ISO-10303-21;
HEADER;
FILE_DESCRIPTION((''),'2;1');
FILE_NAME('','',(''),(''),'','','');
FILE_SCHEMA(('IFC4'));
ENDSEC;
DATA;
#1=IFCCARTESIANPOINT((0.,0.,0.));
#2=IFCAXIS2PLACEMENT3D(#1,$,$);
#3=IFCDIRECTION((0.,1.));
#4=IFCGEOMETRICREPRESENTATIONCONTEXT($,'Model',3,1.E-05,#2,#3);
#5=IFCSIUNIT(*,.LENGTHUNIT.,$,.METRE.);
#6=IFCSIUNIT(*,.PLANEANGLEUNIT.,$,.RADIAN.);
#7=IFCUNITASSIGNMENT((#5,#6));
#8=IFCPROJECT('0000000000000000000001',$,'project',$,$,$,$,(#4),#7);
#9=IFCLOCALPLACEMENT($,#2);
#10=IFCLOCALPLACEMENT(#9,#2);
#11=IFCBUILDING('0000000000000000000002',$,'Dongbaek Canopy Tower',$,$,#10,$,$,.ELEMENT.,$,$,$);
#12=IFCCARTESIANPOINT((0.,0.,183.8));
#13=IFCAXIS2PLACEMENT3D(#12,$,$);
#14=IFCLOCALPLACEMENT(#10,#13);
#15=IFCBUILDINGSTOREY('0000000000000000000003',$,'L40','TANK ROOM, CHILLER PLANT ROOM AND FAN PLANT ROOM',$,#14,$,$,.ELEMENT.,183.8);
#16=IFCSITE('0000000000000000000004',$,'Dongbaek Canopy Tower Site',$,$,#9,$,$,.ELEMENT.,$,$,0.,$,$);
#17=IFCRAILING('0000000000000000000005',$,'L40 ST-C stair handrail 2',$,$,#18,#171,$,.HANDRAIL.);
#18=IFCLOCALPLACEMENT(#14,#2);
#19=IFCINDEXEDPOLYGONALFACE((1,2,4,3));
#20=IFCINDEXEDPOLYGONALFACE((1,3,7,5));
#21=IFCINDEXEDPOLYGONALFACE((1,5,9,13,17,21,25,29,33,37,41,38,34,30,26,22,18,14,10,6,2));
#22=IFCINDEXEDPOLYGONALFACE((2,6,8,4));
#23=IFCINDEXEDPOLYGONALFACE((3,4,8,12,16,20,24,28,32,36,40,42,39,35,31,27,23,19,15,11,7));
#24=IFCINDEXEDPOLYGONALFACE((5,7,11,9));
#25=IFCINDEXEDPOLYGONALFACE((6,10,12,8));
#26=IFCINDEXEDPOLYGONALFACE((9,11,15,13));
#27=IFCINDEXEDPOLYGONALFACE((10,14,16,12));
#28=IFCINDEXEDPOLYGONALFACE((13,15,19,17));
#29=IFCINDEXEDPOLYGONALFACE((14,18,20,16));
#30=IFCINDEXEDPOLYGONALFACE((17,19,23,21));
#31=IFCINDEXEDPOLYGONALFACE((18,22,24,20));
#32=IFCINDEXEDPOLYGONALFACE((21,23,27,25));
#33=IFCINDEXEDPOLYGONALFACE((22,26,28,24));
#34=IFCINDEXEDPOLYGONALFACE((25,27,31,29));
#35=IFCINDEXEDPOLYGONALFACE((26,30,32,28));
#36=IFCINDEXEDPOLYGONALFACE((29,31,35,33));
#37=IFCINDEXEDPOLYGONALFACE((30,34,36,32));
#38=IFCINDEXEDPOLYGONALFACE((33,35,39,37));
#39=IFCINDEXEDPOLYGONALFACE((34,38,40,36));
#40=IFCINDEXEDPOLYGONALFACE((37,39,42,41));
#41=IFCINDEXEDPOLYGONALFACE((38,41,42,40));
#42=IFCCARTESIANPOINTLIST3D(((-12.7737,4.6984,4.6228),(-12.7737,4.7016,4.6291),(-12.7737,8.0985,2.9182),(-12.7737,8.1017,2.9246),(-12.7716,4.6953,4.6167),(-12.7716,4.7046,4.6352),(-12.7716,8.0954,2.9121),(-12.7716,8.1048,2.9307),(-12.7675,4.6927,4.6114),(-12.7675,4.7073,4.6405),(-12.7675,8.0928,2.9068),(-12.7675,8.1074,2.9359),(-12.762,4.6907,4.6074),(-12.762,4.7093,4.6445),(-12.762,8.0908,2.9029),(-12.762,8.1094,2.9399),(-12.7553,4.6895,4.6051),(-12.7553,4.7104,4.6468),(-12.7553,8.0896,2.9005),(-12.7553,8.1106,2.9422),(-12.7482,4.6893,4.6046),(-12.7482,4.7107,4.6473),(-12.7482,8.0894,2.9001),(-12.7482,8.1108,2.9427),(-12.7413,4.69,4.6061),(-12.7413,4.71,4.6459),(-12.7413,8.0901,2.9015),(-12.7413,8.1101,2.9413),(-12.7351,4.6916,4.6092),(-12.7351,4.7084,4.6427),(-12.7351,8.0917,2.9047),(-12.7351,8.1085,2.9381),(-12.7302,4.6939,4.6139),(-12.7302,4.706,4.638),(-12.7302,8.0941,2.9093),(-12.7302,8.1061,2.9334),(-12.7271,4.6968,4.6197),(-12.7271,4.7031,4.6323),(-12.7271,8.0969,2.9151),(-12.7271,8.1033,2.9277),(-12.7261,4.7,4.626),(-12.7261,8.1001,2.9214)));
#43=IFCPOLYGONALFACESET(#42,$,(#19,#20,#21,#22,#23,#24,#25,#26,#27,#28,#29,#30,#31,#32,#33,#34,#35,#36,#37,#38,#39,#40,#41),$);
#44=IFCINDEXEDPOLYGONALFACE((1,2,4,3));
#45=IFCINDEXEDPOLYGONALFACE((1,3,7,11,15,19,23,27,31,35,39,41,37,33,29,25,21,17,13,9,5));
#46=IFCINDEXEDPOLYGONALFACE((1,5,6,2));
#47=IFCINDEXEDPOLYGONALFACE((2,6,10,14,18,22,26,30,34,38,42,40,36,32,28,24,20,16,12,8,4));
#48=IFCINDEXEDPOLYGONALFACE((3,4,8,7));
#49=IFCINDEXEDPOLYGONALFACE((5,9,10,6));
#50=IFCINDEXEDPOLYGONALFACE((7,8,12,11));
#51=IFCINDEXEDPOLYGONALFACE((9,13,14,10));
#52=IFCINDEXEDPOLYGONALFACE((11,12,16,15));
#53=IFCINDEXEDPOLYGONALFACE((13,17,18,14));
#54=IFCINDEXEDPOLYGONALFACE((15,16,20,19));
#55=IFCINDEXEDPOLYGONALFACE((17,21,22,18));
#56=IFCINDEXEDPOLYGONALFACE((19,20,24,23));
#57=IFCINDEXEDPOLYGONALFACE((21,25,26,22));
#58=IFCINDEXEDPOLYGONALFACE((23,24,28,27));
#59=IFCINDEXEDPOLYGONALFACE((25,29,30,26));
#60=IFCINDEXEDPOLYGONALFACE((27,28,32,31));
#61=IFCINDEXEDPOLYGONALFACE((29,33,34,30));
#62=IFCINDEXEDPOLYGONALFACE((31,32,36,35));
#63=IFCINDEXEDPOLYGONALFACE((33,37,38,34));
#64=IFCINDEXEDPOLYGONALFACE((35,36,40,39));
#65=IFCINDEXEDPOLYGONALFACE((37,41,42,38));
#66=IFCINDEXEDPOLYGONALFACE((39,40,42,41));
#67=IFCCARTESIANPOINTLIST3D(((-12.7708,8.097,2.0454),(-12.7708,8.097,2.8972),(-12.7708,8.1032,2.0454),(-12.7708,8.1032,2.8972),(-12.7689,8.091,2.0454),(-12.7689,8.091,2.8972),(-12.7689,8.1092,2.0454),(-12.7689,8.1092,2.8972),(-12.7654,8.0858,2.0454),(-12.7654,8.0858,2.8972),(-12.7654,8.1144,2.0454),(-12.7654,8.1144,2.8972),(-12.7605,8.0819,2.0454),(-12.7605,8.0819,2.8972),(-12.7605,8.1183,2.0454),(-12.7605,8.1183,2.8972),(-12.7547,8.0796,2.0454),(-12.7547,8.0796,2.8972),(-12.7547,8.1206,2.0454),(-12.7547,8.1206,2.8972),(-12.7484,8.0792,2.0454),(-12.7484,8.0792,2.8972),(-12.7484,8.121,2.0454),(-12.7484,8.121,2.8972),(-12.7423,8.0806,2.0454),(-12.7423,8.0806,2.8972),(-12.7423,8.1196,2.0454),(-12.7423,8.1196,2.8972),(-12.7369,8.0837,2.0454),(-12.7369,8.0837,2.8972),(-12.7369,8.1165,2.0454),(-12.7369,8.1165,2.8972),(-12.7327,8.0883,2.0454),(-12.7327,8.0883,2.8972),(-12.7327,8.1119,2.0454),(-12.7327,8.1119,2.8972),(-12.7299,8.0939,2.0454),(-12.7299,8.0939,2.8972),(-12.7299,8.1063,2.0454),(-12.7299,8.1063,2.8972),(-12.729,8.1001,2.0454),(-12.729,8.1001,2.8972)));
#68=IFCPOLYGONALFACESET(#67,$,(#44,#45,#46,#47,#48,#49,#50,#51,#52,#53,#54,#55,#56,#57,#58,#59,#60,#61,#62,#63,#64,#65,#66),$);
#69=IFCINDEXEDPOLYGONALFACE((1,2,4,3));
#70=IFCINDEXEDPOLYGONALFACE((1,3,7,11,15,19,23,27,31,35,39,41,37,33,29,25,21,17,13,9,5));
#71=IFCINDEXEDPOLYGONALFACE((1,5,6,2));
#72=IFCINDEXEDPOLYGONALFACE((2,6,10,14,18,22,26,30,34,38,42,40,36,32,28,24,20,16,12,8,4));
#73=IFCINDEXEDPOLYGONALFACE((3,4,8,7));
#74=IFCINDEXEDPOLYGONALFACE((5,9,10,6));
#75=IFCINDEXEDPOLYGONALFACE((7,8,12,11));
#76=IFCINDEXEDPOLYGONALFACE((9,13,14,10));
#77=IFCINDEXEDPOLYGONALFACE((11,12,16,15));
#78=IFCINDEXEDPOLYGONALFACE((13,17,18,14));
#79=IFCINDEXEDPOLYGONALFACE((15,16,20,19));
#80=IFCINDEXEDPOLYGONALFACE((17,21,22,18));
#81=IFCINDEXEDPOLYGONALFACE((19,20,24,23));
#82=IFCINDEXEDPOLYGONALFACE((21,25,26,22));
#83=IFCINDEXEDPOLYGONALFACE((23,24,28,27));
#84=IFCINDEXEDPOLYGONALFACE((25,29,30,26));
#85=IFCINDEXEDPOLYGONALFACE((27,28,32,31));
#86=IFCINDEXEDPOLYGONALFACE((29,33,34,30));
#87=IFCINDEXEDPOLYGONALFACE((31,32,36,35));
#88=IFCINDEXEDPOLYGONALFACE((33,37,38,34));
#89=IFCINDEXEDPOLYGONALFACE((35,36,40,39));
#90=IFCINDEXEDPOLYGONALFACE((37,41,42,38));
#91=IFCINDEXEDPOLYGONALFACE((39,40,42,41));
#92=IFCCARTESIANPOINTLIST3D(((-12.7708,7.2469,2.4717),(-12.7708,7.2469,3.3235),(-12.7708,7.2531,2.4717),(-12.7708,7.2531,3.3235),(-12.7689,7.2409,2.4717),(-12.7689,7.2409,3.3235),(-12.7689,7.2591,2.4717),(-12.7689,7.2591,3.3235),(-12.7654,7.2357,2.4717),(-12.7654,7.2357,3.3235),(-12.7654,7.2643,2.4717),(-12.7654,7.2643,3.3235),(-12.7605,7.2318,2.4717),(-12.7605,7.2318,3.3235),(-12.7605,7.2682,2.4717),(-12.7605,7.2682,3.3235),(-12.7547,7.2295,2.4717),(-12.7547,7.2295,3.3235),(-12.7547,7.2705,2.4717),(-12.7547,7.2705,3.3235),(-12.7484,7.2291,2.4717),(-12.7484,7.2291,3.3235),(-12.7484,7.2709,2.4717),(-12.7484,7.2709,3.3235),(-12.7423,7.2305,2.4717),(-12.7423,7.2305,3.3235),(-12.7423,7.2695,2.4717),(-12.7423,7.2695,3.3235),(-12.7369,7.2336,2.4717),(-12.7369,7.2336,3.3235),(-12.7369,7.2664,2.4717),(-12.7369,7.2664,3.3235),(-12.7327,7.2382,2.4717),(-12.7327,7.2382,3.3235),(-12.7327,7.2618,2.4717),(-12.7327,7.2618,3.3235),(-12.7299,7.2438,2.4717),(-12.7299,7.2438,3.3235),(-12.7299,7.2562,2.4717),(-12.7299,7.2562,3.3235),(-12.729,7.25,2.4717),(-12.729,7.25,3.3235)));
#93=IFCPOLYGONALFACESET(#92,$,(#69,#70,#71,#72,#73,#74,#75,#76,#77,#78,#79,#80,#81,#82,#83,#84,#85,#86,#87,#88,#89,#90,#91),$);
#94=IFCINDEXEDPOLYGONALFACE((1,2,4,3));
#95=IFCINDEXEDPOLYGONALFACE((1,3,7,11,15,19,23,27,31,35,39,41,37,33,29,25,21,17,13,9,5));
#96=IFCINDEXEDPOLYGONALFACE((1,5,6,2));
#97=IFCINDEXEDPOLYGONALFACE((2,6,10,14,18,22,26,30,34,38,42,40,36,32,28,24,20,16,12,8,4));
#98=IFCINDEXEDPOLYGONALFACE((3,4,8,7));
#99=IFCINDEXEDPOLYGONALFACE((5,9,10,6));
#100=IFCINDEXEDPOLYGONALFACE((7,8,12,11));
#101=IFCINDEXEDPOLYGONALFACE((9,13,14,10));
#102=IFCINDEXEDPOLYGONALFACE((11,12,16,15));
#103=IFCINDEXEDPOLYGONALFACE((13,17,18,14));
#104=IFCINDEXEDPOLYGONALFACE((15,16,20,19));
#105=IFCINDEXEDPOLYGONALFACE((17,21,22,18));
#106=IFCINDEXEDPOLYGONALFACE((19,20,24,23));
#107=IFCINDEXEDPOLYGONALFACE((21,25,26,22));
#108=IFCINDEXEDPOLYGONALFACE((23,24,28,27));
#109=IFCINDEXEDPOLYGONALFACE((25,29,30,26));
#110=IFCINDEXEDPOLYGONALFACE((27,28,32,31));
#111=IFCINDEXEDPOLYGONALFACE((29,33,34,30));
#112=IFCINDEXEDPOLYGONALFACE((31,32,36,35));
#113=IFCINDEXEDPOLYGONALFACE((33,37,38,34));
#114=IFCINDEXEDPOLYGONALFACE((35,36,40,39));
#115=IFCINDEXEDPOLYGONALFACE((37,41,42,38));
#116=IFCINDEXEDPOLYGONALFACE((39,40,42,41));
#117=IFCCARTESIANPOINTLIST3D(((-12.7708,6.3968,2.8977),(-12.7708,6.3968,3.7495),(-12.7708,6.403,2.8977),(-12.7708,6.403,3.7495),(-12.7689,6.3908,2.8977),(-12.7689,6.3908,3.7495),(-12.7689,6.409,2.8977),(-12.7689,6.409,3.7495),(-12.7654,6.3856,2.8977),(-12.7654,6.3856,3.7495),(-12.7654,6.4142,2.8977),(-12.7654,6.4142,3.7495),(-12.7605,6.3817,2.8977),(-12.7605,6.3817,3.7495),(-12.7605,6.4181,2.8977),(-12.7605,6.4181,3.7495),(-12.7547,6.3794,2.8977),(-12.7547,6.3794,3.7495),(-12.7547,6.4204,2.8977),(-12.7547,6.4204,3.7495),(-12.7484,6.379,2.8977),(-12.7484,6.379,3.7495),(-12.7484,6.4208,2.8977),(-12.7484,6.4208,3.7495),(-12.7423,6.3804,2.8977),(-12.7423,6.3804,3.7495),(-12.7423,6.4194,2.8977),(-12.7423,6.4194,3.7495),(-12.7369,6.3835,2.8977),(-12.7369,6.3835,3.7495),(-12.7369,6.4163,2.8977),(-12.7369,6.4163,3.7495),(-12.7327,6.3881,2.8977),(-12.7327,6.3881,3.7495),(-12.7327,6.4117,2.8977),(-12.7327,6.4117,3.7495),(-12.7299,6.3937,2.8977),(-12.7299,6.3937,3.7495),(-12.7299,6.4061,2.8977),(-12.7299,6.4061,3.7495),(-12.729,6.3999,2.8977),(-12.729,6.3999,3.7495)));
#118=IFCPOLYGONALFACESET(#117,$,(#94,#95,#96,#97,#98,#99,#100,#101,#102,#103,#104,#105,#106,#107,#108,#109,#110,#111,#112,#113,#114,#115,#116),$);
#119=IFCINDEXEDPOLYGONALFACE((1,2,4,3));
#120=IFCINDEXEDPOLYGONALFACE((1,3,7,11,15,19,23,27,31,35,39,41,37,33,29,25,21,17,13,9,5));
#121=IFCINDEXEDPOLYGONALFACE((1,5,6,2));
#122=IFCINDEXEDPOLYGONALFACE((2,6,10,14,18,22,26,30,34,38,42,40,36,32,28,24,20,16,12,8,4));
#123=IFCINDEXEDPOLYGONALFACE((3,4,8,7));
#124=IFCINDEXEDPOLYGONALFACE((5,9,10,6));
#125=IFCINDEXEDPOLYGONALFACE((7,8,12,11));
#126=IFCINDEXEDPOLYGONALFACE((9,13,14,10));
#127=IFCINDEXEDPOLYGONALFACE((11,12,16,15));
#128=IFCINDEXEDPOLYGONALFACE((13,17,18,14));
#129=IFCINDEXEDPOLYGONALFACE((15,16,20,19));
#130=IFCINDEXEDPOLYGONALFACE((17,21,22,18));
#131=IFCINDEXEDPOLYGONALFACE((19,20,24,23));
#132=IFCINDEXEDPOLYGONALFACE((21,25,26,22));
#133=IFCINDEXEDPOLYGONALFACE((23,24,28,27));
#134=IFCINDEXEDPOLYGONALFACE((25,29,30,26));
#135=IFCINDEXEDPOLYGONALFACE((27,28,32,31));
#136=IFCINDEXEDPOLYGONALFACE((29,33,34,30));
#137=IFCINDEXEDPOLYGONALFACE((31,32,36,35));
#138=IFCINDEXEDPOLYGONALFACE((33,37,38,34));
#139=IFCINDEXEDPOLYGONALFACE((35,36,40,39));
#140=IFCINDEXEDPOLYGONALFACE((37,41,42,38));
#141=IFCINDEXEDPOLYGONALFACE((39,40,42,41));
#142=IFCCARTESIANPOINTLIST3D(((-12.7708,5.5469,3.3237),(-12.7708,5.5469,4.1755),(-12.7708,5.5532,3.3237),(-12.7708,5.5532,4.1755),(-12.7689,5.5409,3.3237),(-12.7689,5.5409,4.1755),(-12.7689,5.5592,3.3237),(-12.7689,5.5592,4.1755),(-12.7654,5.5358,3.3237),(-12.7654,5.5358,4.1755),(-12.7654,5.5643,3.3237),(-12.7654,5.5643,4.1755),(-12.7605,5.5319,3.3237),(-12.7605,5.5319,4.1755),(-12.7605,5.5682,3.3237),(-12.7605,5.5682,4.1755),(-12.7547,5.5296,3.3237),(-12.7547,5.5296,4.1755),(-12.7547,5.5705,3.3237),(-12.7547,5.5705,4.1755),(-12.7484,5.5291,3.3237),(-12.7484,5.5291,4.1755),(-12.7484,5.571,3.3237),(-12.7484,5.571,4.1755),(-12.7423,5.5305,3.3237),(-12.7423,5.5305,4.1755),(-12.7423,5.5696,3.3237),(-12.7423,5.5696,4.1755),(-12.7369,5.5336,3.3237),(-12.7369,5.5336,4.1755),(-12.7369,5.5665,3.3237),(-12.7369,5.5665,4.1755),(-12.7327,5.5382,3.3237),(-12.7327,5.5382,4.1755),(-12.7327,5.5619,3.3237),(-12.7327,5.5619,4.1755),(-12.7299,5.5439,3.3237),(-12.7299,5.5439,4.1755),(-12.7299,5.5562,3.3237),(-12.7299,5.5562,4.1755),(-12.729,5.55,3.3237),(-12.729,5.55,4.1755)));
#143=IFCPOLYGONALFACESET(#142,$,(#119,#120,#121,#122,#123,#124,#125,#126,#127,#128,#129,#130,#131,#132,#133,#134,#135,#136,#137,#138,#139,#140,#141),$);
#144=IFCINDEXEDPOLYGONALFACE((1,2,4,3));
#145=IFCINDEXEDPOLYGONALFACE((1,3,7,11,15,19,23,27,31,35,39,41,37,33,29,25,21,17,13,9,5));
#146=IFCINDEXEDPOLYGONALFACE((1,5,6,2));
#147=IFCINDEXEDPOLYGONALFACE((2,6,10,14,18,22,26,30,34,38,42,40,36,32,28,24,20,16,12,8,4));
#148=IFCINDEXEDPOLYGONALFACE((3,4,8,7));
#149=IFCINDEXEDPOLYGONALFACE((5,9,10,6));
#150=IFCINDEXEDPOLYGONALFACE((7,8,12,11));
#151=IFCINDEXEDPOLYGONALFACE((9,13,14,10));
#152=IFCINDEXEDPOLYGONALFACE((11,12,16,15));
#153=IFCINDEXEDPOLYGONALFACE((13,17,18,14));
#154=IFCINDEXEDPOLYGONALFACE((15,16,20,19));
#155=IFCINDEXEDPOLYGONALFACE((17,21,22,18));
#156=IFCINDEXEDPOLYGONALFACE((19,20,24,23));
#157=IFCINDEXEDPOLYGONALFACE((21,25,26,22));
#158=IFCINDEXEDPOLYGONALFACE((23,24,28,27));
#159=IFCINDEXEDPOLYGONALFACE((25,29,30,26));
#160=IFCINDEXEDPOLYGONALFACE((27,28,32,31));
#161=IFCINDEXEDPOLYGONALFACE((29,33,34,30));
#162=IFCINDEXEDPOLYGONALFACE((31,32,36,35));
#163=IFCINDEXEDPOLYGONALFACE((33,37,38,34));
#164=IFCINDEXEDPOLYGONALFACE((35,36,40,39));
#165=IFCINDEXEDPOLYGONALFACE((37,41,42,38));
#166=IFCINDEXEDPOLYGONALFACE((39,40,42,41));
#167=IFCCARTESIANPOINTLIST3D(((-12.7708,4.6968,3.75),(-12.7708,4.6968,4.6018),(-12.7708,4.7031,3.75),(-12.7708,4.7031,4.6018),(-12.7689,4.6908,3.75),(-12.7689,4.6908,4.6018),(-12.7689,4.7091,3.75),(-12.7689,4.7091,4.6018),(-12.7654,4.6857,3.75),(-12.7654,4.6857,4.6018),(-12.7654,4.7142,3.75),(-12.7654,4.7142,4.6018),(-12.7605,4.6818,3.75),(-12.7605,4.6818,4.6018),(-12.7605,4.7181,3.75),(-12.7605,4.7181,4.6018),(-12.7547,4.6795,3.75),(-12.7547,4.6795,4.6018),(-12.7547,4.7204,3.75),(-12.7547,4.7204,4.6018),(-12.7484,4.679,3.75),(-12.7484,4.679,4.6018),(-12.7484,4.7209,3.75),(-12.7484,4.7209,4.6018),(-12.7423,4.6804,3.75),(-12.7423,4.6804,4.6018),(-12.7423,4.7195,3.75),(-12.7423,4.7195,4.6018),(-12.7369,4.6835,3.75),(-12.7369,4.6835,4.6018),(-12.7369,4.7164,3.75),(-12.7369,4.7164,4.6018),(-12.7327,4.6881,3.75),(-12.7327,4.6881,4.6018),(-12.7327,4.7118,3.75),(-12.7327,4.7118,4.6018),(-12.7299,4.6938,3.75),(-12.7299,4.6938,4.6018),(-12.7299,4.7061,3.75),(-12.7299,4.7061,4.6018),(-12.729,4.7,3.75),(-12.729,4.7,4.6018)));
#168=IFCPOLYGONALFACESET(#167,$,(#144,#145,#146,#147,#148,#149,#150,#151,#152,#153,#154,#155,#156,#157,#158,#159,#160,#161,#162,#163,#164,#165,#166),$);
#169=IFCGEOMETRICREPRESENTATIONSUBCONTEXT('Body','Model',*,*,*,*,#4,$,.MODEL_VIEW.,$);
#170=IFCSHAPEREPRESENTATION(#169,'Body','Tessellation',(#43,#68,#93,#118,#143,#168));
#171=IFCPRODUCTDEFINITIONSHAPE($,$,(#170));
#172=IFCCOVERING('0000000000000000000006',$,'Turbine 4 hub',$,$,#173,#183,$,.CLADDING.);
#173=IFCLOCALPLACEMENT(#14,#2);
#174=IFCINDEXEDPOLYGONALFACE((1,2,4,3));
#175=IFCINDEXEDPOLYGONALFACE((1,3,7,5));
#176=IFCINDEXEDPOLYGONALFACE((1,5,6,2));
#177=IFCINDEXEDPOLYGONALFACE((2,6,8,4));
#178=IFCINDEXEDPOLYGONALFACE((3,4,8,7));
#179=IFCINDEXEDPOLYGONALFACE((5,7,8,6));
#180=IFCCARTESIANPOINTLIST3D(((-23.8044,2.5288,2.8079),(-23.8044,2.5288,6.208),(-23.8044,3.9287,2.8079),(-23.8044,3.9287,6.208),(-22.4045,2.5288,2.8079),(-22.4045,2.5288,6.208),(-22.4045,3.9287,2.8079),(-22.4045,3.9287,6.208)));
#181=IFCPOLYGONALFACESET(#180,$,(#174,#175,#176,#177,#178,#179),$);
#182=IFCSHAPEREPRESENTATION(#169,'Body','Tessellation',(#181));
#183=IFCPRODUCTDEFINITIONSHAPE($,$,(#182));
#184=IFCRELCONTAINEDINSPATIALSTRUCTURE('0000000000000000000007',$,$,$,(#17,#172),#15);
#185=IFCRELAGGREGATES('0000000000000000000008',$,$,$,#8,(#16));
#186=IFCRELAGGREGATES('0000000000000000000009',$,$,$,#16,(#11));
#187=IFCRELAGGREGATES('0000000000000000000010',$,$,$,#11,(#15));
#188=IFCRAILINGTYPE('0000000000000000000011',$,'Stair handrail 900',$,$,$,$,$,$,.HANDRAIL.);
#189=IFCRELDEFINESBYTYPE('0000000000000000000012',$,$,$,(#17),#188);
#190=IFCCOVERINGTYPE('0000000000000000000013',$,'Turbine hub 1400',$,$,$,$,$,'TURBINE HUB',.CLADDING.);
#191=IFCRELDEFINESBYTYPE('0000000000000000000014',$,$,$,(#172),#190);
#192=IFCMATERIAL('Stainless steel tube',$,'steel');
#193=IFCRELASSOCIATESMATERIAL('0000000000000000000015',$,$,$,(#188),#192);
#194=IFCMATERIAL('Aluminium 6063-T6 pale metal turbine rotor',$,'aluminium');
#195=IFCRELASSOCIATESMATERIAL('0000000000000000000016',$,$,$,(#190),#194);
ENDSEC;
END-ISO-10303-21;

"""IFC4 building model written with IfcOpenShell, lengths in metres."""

from ifc_helpers import new_model, si_unit, direction, frame, origin, origin_2d, place, context, subcontext, project, spatial, rectangle, circle, extrude, material, material_profile, profile_set, type_object, element, save


model = new_model("IFC4")

# Units and contexts
model_context = context("Model", 3, precision=1e-05, world=origin(), true_north=direction((0.0, 1.0)))
body_context = subcontext(model_context, "Body", "Model", "MODEL_VIEW")
ifc_project = project(units=[si_unit("LENGTHUNIT", "METRE"), si_unit("PLANEANGLEUNIT", "RADIAN")], contexts=[model_context])

# Site, building, storey
site_placement = place(None, origin())
site = spatial("IfcSite", under=ifc_project, at=site_placement, Name="Dongbaek Canopy Tower Site", CompositionType="ELEMENT", RefElevation=0.0)
building_placement = place(site_placement, origin())
building = spatial("IfcBuilding", under=site, at=building_placement, Name="Dongbaek Canopy Tower", CompositionType="ELEMENT")
storey_placement = place(building_placement, frame((0.0, 0.0, 183.8)))
storey = spatial("IfcBuildingStorey", under=building, at=storey_placement, Name="L40", Description="TANK ROOM, CHILLER PLANT ROOM AND FAN PLANT ROOM", CompositionType="ELEMENT", Elevation=183.8)

# Railing
ifc_material_1 = material(Name="Stainless steel tube", Category="steel")
railing_type_1 = type_object("IfcRailingType", Name="Stair handrail 900", PredefinedType="HANDRAIL", material=ifc_material_1)
railing_1_placement = place(storey_placement, frame((-12.75, 8.1001, 2.0454)))
element("IfcRailing", 1, at=railing_1_placement, inside=storey, type_object=railing_type_1, Name="L40 ST-C stair handrail 2", PredefinedType="HANDRAIL", context=body_context, shape_type="SweptSolid", body=[
    extrude(circle(Radius=0.0239, at=origin_2d()), frame((0.0, 0.0, 0.876), z_axis=(0.0, -0.893952, 0.448163), x_axis=(1.0, 0.0, 0.0)), (0.0, 0.0, 1.0), 3.8035),
    extrude(circle(Radius=0.021, at=origin_2d()), origin(), (0.0, 0.0, 1.0), 0.8518),
    extrude(circle(Radius=0.021, at=origin_2d()), frame((0.0, -0.8501, 0.4263)), (0.0, 0.0, 1.0), 0.8518),
    extrude(circle(Radius=0.021, at=origin_2d()), frame((0.0, -1.7002, 0.8523)), (0.0, 0.0, 1.0), 0.8518),
    extrude(circle(Radius=0.021, at=origin_2d()), frame((0.0, -2.55, 1.2783)), (0.0, 0.0, 1.0), 0.8518),
    extrude(circle(Radius=0.021, at=origin_2d()), frame((0.0, -3.4001, 1.7046)), (0.0, 0.0, 1.0), 0.8518),
])

# Covering
ifc_material_2 = material(Name="Aluminium 6063-T6 pale metal turbine rotor", Category="aluminium")
ifc_material_profile_1 = material_profile(ifc_material_2, rectangle(XDim=1.3999, YDim=1.3999, at=origin_2d()), Name="Turbine hub 1400")
ifc_profile_set_1 = profile_set([ifc_material_profile_1], Name="Aluminium 6063-T6 pale metal turbine rotor")
covering_type = type_object("IfcCoveringType", Name="Turbine hub 1400", ElementType="TURBINE HUB", PredefinedType="CLADDING", material=ifc_profile_set_1)
covering_placement = place(storey_placement, frame((-23.1045, 3.2288, 2.8079), z_axis=(0.0, 0.0, 1.0), x_axis=(1.0, 0.0, 0.0)))
element("IfcCovering", 2, at=covering_placement, inside=storey, type_object=covering_type, Name="Turbine 4 hub", PredefinedType="CLADDING", context=body_context, shape_type="SweptSolid", body=[
    extrude(rectangle(XDim=1.3999, YDim=1.3999, at=origin_2d()), origin(), (0.0, 0.0, 1.0), 3.4001),
])

save(model, "model.ifc")
